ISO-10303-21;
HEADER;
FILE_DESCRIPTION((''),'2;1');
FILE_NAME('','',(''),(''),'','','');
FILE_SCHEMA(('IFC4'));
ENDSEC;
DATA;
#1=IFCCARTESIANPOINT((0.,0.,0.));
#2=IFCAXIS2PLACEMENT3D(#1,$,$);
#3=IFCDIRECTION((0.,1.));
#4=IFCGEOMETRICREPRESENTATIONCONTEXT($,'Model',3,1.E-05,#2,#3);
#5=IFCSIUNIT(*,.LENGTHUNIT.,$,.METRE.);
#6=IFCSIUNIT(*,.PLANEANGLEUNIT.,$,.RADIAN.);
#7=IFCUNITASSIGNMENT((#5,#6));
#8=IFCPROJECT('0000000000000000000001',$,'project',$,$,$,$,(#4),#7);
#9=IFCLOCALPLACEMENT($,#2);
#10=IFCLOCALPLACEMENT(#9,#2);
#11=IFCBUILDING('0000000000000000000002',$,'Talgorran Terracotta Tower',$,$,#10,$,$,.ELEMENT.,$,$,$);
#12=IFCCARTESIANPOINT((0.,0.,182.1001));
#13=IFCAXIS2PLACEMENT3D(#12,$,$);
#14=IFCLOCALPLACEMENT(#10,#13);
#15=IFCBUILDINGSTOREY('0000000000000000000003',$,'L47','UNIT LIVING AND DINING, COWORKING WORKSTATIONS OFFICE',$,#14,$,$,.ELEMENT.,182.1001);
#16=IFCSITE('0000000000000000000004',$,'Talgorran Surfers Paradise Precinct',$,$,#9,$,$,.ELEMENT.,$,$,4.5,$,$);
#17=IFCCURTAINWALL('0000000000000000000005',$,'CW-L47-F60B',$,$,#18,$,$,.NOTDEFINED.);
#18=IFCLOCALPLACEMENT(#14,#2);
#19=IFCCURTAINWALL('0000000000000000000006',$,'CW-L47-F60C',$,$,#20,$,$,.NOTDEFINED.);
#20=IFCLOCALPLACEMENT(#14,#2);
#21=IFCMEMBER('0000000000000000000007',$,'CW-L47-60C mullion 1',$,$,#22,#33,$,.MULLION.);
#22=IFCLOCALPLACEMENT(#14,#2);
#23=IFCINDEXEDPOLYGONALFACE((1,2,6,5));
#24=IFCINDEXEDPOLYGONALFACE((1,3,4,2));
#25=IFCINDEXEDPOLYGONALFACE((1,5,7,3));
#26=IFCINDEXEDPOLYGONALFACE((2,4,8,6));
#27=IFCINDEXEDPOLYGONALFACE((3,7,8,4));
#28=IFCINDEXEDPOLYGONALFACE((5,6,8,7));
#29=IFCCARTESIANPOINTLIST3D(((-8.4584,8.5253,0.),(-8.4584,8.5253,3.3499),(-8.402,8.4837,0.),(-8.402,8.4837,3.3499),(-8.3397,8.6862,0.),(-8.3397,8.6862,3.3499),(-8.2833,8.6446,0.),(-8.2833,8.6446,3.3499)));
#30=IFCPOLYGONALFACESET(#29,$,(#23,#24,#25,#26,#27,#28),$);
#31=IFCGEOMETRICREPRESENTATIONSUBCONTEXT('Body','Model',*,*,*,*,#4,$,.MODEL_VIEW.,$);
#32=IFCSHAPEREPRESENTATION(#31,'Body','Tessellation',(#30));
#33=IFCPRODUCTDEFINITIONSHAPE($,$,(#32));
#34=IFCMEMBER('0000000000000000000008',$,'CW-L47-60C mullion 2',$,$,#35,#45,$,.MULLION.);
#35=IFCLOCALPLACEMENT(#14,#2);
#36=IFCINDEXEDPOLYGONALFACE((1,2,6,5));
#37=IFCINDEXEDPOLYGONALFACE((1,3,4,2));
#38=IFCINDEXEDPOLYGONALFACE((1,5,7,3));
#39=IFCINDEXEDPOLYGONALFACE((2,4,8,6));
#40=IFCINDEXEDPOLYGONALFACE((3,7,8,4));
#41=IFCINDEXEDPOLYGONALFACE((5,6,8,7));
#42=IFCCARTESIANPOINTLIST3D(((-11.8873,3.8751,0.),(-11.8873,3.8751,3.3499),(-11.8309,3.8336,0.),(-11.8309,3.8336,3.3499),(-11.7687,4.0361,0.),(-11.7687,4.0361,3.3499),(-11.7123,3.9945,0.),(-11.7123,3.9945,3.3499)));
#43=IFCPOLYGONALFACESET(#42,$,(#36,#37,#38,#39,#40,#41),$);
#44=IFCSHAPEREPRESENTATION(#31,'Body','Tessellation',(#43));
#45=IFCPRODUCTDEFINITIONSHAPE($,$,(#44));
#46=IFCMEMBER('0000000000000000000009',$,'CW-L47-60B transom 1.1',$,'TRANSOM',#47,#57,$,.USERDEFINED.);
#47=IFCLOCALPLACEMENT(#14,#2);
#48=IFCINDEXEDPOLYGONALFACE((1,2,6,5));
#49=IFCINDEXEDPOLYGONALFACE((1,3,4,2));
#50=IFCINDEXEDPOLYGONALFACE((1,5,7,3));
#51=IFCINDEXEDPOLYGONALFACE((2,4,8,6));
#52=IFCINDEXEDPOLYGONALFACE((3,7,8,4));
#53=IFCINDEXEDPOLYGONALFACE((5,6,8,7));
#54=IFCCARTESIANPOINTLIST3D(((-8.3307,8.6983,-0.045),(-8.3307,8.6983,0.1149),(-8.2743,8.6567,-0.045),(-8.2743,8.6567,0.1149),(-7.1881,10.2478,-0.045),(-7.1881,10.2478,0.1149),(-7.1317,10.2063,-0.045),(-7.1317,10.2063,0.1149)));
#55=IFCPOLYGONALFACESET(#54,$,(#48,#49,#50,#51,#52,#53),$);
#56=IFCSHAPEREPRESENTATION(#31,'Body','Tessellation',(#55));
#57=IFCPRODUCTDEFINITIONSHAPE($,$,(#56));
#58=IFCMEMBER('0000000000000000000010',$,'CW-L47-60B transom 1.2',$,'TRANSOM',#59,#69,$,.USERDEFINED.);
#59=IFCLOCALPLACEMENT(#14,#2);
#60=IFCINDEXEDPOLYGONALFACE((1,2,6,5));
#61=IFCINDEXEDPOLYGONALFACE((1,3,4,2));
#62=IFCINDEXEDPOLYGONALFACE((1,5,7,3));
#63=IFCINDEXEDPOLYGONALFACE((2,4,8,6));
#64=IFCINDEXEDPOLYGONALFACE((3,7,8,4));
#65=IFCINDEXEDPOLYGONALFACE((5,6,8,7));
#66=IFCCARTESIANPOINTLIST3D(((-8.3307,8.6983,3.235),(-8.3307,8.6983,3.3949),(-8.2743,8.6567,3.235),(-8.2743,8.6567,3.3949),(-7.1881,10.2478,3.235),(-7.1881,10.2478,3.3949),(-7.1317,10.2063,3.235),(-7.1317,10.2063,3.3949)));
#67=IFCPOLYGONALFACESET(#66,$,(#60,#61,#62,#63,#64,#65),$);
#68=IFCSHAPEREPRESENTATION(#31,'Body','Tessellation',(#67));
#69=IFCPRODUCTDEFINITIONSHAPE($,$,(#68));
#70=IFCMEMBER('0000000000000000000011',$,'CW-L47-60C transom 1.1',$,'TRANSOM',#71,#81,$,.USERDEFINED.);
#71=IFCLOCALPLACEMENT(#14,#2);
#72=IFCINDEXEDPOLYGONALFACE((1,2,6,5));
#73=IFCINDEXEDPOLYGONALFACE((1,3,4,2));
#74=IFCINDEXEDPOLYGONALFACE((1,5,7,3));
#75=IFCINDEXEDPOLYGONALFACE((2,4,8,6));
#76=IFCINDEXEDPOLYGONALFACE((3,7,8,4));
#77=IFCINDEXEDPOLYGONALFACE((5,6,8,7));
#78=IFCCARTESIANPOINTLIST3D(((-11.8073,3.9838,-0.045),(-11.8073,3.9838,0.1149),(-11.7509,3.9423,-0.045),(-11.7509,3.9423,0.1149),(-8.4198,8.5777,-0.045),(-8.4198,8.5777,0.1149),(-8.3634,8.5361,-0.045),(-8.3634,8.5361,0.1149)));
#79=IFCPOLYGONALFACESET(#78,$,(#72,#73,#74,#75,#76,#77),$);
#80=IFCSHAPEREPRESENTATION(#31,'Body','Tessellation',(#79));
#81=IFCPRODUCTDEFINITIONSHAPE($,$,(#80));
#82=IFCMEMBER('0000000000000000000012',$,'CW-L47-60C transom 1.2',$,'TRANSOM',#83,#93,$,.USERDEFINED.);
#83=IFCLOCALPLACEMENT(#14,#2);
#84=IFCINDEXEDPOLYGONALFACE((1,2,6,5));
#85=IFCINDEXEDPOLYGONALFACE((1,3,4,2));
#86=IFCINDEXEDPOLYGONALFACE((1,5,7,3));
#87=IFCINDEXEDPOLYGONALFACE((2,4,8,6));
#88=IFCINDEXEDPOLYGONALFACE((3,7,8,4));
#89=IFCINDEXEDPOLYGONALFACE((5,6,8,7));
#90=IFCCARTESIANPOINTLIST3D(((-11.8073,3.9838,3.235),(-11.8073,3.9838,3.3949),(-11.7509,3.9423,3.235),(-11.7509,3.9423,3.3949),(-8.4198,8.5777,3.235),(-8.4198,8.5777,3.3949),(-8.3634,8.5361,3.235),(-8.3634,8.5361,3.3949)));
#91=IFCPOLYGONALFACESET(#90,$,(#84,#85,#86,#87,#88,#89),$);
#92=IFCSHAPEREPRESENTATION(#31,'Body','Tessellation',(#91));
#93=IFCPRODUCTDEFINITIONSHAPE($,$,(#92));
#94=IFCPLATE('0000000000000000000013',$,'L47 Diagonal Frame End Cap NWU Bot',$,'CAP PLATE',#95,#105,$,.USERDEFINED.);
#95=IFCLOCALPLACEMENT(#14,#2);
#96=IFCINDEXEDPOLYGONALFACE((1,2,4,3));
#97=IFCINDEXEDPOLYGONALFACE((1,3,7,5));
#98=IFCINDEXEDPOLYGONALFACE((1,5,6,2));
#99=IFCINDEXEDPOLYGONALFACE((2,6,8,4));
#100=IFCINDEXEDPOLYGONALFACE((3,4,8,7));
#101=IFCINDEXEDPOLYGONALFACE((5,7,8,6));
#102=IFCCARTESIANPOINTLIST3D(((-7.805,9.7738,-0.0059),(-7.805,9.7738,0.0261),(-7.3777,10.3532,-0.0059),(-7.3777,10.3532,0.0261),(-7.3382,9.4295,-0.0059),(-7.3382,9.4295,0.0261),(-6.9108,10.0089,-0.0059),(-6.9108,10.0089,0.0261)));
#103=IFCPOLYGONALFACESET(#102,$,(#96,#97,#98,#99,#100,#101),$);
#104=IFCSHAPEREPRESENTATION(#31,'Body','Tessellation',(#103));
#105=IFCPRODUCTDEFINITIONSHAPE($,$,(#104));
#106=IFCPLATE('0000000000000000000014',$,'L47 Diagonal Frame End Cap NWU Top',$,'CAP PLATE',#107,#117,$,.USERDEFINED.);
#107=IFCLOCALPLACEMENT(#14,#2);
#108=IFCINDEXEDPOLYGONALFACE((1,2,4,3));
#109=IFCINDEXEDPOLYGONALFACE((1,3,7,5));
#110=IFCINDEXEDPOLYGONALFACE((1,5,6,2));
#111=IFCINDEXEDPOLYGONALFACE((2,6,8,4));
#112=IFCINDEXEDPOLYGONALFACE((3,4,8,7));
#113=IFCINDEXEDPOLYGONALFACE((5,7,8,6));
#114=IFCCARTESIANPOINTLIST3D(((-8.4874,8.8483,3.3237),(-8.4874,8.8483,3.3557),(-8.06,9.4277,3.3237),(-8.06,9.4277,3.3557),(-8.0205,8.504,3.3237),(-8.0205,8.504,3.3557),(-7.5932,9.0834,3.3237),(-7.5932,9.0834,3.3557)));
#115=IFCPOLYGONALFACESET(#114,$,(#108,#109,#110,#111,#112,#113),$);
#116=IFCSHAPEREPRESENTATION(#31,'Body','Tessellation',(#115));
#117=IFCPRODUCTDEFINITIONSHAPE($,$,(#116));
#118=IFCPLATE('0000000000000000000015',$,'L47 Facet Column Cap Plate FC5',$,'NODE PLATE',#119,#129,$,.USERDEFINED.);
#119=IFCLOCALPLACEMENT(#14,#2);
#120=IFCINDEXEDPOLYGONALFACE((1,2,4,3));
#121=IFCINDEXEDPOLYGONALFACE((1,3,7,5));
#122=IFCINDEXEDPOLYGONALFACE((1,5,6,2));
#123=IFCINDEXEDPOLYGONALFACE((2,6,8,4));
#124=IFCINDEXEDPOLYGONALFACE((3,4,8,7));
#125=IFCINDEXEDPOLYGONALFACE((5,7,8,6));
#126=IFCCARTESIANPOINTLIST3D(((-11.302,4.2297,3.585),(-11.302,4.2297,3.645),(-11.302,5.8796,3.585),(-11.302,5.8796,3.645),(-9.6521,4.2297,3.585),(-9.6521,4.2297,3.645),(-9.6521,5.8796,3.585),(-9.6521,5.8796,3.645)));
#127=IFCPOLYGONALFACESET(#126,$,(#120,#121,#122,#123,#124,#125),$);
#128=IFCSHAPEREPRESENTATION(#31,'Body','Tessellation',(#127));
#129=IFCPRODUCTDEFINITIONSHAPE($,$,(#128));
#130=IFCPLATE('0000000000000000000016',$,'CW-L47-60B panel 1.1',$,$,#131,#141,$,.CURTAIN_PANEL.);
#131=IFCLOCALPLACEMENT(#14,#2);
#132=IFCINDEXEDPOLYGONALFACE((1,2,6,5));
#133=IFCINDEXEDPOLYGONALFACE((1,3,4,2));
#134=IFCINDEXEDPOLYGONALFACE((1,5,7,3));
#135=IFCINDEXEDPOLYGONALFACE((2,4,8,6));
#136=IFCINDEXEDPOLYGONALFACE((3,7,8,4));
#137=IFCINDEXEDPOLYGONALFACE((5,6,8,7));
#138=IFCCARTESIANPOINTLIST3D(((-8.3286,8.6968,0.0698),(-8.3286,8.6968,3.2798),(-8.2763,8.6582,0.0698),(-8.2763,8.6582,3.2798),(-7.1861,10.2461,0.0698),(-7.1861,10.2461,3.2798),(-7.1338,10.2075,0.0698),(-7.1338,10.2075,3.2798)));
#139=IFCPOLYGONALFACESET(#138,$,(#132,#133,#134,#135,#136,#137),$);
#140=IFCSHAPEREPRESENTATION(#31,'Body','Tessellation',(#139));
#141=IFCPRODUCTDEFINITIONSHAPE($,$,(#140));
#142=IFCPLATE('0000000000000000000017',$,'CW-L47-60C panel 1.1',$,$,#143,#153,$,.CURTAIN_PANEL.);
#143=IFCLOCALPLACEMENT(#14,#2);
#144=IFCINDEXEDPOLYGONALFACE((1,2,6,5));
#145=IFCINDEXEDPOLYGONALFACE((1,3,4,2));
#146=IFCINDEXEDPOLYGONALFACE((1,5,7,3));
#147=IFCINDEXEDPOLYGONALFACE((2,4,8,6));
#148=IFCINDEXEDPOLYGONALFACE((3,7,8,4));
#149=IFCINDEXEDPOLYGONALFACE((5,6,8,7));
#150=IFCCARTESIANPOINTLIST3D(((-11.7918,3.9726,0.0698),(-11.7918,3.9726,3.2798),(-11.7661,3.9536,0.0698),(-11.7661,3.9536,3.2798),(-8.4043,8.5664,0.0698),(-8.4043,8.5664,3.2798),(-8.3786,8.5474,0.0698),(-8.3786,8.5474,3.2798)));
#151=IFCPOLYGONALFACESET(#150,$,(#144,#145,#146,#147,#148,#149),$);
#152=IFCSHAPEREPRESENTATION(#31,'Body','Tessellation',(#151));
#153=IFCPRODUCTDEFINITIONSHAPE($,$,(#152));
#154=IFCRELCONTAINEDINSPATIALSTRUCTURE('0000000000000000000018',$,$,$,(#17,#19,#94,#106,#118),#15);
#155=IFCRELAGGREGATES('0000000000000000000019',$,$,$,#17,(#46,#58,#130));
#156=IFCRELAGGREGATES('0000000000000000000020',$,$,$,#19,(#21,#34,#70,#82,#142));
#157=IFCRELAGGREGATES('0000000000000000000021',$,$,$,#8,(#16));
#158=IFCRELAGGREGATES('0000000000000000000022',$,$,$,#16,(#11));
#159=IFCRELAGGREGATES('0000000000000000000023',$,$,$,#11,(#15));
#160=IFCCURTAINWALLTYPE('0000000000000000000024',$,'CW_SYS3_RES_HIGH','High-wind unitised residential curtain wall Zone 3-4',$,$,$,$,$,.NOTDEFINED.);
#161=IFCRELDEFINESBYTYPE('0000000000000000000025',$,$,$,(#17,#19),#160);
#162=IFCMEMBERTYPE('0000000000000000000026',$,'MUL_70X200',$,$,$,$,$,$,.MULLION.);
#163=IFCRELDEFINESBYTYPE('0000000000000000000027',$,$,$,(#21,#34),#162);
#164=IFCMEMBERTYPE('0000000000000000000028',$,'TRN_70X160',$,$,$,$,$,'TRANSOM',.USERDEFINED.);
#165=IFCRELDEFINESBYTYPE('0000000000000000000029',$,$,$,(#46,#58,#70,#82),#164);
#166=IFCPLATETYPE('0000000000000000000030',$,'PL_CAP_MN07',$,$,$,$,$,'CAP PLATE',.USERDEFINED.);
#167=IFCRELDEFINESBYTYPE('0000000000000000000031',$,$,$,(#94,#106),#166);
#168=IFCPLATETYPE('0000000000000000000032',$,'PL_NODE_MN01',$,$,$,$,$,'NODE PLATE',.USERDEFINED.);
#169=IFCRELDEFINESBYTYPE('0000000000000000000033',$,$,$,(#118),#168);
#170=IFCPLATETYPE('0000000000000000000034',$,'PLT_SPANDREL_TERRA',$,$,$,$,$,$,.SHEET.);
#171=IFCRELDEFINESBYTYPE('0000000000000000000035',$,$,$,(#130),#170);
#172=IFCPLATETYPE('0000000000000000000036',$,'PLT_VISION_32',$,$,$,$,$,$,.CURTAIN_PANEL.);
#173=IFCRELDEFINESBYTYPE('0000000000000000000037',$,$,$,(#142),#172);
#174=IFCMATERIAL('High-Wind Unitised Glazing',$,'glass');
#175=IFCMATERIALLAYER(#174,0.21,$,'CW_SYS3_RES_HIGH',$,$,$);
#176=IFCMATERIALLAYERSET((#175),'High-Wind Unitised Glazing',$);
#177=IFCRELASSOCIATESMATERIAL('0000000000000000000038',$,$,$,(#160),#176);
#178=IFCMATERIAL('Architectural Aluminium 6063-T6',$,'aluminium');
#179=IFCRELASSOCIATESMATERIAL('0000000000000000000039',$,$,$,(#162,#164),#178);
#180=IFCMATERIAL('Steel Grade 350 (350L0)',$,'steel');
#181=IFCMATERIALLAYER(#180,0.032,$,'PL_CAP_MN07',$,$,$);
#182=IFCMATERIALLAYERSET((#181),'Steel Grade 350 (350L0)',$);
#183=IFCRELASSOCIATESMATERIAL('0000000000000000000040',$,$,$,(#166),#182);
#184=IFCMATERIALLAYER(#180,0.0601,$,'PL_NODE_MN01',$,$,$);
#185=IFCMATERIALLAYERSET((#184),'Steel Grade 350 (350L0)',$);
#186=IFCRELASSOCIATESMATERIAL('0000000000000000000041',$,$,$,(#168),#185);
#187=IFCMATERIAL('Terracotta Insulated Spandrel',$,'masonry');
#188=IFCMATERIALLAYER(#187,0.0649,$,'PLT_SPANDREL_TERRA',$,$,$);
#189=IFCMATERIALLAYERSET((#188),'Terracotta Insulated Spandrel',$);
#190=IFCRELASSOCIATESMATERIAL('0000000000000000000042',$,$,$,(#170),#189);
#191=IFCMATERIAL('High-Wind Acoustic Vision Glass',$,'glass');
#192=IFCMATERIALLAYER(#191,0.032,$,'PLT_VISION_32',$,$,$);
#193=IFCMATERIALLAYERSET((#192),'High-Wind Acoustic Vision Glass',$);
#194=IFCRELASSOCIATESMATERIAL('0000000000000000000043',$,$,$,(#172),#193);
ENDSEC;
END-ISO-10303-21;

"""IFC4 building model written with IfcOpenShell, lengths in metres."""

from ifc_helpers import new_model, si_unit, direction, frame, origin, origin_2d, place, context, subcontext, project, spatial, rectangle, extrude, source, transform, mapped, material, layer, layer_set, material_profile, profile_set, type_object, type_shapes, element, aggregate, save


model = new_model("IFC4")

# Units and contexts
model_context = context("Model", 3, precision=1e-05, world=origin(), true_north=direction((0.0, 1.0)))
body_context = subcontext(model_context, "Body", "Model", "MODEL_VIEW")
ifc_project = project(units=[si_unit("LENGTHUNIT", "METRE"), si_unit("PLANEANGLEUNIT", "RADIAN")], contexts=[model_context])

# Site, building, storey
site_placement = place(None, origin())
site = spatial("IfcSite", under=ifc_project, at=site_placement, Name="Talgorran Surfers Paradise Precinct", CompositionType="ELEMENT", RefElevation=4.5)
building_placement = place(site_placement, origin())
building = spatial("IfcBuilding", under=site, at=building_placement, Name="Talgorran Terracotta Tower", CompositionType="ELEMENT")
storey_placement = place(building_placement, frame((0.0, 0.0, 182.1001)))
storey = spatial("IfcBuildingStorey", under=building, at=storey_placement, Name="L47", Description="UNIT LIVING AND DINING, COWORKING WORKSTATIONS OFFICE", CompositionType="ELEMENT", Elevation=182.1001)

# Shared definitions
ifc_material_1 = material(Name="Steel Grade 350 (350L0)", Category="steel")

# Curtain walls, members
ifc_material_2 = material(Name="High-Wind Unitised Glazing", Category="glass")
ifc_layer_1 = layer(ifc_material_2, 0.21, Name="CW_SYS3_RES_HIGH")
ifc_layer_set_1 = layer_set([ifc_layer_1], Name="High-Wind Unitised Glazing")
curtain_wall_type = type_object("IfcCurtainWallType", Name="CW_SYS3_RES_HIGH", Description="High-wind unitised residential curtain wall Zone 3-4", PredefinedType="NOTDEFINED", material=ifc_layer_set_1)
curtain_wall_1_placement = place(storey_placement, origin())
curtain_wall_1 = element("IfcCurtainWall", 1, at=curtain_wall_1_placement, inside=storey, type_object=curtain_wall_type, Name="CW-L47-F60B", PredefinedType="NOTDEFINED")
ifc_material_3 = material(Name="Architectural Aluminium 6063-T6", Category="aluminium")
ifc_material_profile_1 = material_profile(ifc_material_3, rectangle(XDim=0.0701, YDim=0.2, at=origin_2d()), Name="CWM70X200")
ifc_profile_set_1 = profile_set([ifc_material_profile_1], Name="Architectural Aluminium 6063-T6")
member_type_1 = type_object("IfcMemberType", Name="MUL_70X200", PredefinedType="MULLION", material=ifc_profile_set_1)
curtain_wall_2_placement = place(storey_placement, origin())
curtain_wall_2 = element("IfcCurtainWall", 2, at=curtain_wall_2_placement, inside=storey, type_object=curtain_wall_type, Name="CW-L47-F60C", PredefinedType="NOTDEFINED")
member_1_placement = place(storey_placement, frame((-8.3708, 8.585, 0.0), z_axis=(0.0, 0.0, 1.0), x_axis=(0.804839, -0.593493, 0.0)))
member_1 = element("IfcMember", 3, at=member_1_placement, type_object=member_type_1, Name="CW-L47-60C mullion 1", PredefinedType="MULLION", context=body_context, shape_type="SweptSolid", body=[
    extrude(rectangle(XDim=0.0701, YDim=0.2, at=origin_2d()), origin(), (0.0, 0.0, 1.0), 3.3499),
])
member_2_placement = place(storey_placement, frame((-11.7998, 3.9348, 0.0), z_axis=(0.0, 0.0, 1.0), x_axis=(0.804839, -0.593493, 0.0)))
member_2 = element("IfcMember", 4, at=member_2_placement, type_object=member_type_1, Name="CW-L47-60C mullion 2", PredefinedType="MULLION", context=body_context, shape_type="SweptSolid", body=[
    extrude(rectangle(XDim=0.0701, YDim=0.2, at=origin_2d()), origin(), (0.0, 0.0, 1.0), 3.3499),
])

# Members
ifc_material_profile_2 = material_profile(ifc_material_3, rectangle(XDim=0.0701, YDim=0.1599, at=origin_2d()), Name="CWT70X160")
ifc_profile_set_2 = profile_set([ifc_material_profile_2], Name="Architectural Aluminium 6063-T6")
member_type_2 = type_object("IfcMemberType", Name="TRN_70X160", ElementType="TRANSOM", PredefinedType="USERDEFINED", material=ifc_profile_set_2)
member_3_placement = place(storey_placement, frame((-7.1599, 10.2271, 0.0349), z_axis=(-0.593467, -0.804858, 0.0), x_axis=(0.804858, -0.593467, 0.0)))
member_3 = element("IfcMember", 5, at=member_3_placement, type_object=member_type_2, Name="CW-L47-60B transom 1.1", ObjectType="TRANSOM", PredefinedType="USERDEFINED", context=body_context, shape_type="SweptSolid", body=[
    extrude(rectangle(XDim=0.0701, YDim=0.1599, at=origin_2d()), origin(), (0.0, 0.0, 1.0), 1.9253),
])
member_4_placement = place(storey_placement, frame((-7.1599, 10.2271, 3.3149), z_axis=(-0.593467, -0.804858, 0.0), x_axis=(0.804858, -0.593467, 0.0)))
member_4 = element("IfcMember", 6, at=member_4_placement, type_object=member_type_2, Name="CW-L47-60B transom 1.2", ObjectType="TRANSOM", PredefinedType="USERDEFINED", context=body_context, shape_type="SweptSolid", body=[
    extrude(rectangle(XDim=0.0701, YDim=0.1599, at=origin_2d()), origin(), (0.0, 0.0, 1.0), 1.9253),
])
member_5_placement = place(storey_placement, frame((-8.3916, 8.5569, 0.0349), z_axis=(-0.593492, -0.80484, 0.0), x_axis=(0.80484, -0.593492, 0.0)))
member_5 = element("IfcMember", 7, at=member_5_placement, type_object=member_type_2, Name="CW-L47-60C transom 1.1", ObjectType="TRANSOM", PredefinedType="USERDEFINED", context=body_context, shape_type="SweptSolid", body=[
    extrude(rectangle(XDim=0.0701, YDim=0.1599, at=origin_2d()), origin(), (0.0, 0.0, 1.0), 5.7078),
])
member_6_placement = place(storey_placement, frame((-8.3916, 8.5569, 3.3149), z_axis=(-0.593492, -0.80484, 0.0), x_axis=(0.80484, -0.593492, 0.0)))
member_6 = element("IfcMember", 8, at=member_6_placement, type_object=member_type_2, Name="CW-L47-60C transom 1.2", ObjectType="TRANSOM", PredefinedType="USERDEFINED", context=body_context, shape_type="SweptSolid", body=[
    extrude(rectangle(XDim=0.0701, YDim=0.1599, at=origin_2d()), origin(), (0.0, 0.0, 1.0), 5.7078),
])

# Plates
ifc_layer_2 = layer(ifc_material_1, 0.032, Name="PL_CAP_MN07")
ifc_layer_set_2 = layer_set([ifc_layer_2], Name="Steel Grade 350 (350L0)")
plate_type_1 = type_object("IfcPlateType", Name="PL_CAP_MN07", ElementType="CAP PLATE", PredefinedType="USERDEFINED", material=ifc_layer_set_2)
for number, where, z_axis, x_axis, name in (
    (9, (-7.3579, 9.8914, -0.0059), (0.0, 0.0, 1.0), (-0.593559, -0.80479, 0.0), "L47 Diagonal Frame End Cap NWU Bot"),
    (10, (-8.0403, 8.9658, 3.3237), (0.0, 0.0, 1.0), (-0.593559, -0.80479, 0.0), "L47 Diagonal Frame End Cap NWU Top"),
):
    element("IfcPlate", number, at=place(storey_placement, frame(where, z_axis=z_axis, x_axis=x_axis)), inside=storey, type_object=plate_type_1, Name=name, ObjectType="CAP PLATE", PredefinedType="USERDEFINED", context=body_context, shape_type="SweptSolid", body=[
        extrude(rectangle(XDim=0.72, YDim=0.5801, at=origin_2d()), origin(), (0.0, 0.0, 1.0), 0.032),
    ])
ifc_layer_3 = layer(ifc_material_1, 0.0601, Name="PL_NODE_MN01")
ifc_layer_set_3 = layer_set([ifc_layer_3], Name="Steel Grade 350 (350L0)")
plate_type_2 = type_object("IfcPlateType", Name="PL_NODE_MN01", ElementType="NODE PLATE", PredefinedType="USERDEFINED", material=ifc_layer_set_3)
plate_1_placement = place(storey_placement, frame((-10.4771, 5.0547, 3.585), z_axis=(0.0, 0.0, 1.0), x_axis=(1.0, 0.0, 0.0)))
element("IfcPlate", 11, at=plate_1_placement, inside=storey, type_object=plate_type_2, Name="L47 Facet Column Cap Plate FC5", ObjectType="NODE PLATE", PredefinedType="USERDEFINED", context=body_context, shape_type="SweptSolid", body=[
    extrude(rectangle(XDim=1.6499, YDim=1.6499, at=origin_2d()), origin(), (0.0, 0.0, 1.0), 0.0601),
])

# Plates
ifc_material_4 = material(Name="Terracotta Insulated Spandrel", Category="masonry")
ifc_layer_4 = layer(ifc_material_4, 0.0649, Name="PLT_SPANDREL_TERRA")
ifc_layer_set_4 = layer_set([ifc_layer_4], Name="Terracotta Insulated Spandrel")
plate_type_3 = type_object("IfcPlateType", Name="PLT_SPANDREL_TERRA", PredefinedType="SHEET", material=ifc_layer_set_4)
shared_shape_1 = source(origin(), body_context, "Body", "SweptSolid", [
    extrude(rectangle(XDim=1.925, YDim=0.0649, at=origin_2d()), origin(), (0.0, 0.0, 1.0), 3.21),
])
type_shapes(plate_type_3, [shared_shape_1])
plate_2_placement = place(storey_placement, frame((-7.7312, 9.4521, 0.0698), z_axis=(0.0, 0.0, 1.0), x_axis=(-0.593511, -0.804826, 0.0)))
plate_2 = element("IfcPlate", 12, at=plate_2_placement, type_object=plate_type_3, Name="CW-L47-60B panel 1.1", PredefinedType="CURTAIN_PANEL", context=body_context, shape_type="MappedRepresentation", body=[
    mapped(shared_shape_1, transform((0.0, 0.0, 0.0), scale=1.0)),
])
aggregate(curtain_wall_1, [member_3, member_4, plate_2])
ifc_material_5 = material(Name="High-Wind Acoustic Vision Glass", Category="glass")
ifc_layer_5 = layer(ifc_material_5, 0.032, Name="PLT_VISION_32")
ifc_layer_set_5 = layer_set([ifc_layer_5], Name="High-Wind Acoustic Vision Glass")
plate_type_4 = type_object("IfcPlateType", Name="PLT_VISION_32", PredefinedType="CURTAIN_PANEL", material=ifc_layer_set_5)
shared_shape_2 = source(origin(), body_context, "Body", "SweptSolid", [
    extrude(rectangle(XDim=5.7078, YDim=0.032, at=origin_2d()), origin(), (0.0, 0.0, 1.0), 3.21),
])
type_shapes(plate_type_4, [shared_shape_2])
plate_3_placement = place(storey_placement, frame((-10.0852, 6.26, 0.0698), z_axis=(0.0, 0.0, 1.0), x_axis=(-0.593493, -0.804839, 0.0)))
plate_3 = element("IfcPlate", 13, at=plate_3_placement, type_object=plate_type_4, Name="CW-L47-60C panel 1.1", PredefinedType="CURTAIN_PANEL", context=body_context, shape_type="MappedRepresentation", body=[
    mapped(shared_shape_2, transform((0.0, 0.0, 0.0), scale=1.0)),
])
aggregate(curtain_wall_2, [member_1, member_2, member_5, member_6, plate_3])

save(model, "model.ifc")
